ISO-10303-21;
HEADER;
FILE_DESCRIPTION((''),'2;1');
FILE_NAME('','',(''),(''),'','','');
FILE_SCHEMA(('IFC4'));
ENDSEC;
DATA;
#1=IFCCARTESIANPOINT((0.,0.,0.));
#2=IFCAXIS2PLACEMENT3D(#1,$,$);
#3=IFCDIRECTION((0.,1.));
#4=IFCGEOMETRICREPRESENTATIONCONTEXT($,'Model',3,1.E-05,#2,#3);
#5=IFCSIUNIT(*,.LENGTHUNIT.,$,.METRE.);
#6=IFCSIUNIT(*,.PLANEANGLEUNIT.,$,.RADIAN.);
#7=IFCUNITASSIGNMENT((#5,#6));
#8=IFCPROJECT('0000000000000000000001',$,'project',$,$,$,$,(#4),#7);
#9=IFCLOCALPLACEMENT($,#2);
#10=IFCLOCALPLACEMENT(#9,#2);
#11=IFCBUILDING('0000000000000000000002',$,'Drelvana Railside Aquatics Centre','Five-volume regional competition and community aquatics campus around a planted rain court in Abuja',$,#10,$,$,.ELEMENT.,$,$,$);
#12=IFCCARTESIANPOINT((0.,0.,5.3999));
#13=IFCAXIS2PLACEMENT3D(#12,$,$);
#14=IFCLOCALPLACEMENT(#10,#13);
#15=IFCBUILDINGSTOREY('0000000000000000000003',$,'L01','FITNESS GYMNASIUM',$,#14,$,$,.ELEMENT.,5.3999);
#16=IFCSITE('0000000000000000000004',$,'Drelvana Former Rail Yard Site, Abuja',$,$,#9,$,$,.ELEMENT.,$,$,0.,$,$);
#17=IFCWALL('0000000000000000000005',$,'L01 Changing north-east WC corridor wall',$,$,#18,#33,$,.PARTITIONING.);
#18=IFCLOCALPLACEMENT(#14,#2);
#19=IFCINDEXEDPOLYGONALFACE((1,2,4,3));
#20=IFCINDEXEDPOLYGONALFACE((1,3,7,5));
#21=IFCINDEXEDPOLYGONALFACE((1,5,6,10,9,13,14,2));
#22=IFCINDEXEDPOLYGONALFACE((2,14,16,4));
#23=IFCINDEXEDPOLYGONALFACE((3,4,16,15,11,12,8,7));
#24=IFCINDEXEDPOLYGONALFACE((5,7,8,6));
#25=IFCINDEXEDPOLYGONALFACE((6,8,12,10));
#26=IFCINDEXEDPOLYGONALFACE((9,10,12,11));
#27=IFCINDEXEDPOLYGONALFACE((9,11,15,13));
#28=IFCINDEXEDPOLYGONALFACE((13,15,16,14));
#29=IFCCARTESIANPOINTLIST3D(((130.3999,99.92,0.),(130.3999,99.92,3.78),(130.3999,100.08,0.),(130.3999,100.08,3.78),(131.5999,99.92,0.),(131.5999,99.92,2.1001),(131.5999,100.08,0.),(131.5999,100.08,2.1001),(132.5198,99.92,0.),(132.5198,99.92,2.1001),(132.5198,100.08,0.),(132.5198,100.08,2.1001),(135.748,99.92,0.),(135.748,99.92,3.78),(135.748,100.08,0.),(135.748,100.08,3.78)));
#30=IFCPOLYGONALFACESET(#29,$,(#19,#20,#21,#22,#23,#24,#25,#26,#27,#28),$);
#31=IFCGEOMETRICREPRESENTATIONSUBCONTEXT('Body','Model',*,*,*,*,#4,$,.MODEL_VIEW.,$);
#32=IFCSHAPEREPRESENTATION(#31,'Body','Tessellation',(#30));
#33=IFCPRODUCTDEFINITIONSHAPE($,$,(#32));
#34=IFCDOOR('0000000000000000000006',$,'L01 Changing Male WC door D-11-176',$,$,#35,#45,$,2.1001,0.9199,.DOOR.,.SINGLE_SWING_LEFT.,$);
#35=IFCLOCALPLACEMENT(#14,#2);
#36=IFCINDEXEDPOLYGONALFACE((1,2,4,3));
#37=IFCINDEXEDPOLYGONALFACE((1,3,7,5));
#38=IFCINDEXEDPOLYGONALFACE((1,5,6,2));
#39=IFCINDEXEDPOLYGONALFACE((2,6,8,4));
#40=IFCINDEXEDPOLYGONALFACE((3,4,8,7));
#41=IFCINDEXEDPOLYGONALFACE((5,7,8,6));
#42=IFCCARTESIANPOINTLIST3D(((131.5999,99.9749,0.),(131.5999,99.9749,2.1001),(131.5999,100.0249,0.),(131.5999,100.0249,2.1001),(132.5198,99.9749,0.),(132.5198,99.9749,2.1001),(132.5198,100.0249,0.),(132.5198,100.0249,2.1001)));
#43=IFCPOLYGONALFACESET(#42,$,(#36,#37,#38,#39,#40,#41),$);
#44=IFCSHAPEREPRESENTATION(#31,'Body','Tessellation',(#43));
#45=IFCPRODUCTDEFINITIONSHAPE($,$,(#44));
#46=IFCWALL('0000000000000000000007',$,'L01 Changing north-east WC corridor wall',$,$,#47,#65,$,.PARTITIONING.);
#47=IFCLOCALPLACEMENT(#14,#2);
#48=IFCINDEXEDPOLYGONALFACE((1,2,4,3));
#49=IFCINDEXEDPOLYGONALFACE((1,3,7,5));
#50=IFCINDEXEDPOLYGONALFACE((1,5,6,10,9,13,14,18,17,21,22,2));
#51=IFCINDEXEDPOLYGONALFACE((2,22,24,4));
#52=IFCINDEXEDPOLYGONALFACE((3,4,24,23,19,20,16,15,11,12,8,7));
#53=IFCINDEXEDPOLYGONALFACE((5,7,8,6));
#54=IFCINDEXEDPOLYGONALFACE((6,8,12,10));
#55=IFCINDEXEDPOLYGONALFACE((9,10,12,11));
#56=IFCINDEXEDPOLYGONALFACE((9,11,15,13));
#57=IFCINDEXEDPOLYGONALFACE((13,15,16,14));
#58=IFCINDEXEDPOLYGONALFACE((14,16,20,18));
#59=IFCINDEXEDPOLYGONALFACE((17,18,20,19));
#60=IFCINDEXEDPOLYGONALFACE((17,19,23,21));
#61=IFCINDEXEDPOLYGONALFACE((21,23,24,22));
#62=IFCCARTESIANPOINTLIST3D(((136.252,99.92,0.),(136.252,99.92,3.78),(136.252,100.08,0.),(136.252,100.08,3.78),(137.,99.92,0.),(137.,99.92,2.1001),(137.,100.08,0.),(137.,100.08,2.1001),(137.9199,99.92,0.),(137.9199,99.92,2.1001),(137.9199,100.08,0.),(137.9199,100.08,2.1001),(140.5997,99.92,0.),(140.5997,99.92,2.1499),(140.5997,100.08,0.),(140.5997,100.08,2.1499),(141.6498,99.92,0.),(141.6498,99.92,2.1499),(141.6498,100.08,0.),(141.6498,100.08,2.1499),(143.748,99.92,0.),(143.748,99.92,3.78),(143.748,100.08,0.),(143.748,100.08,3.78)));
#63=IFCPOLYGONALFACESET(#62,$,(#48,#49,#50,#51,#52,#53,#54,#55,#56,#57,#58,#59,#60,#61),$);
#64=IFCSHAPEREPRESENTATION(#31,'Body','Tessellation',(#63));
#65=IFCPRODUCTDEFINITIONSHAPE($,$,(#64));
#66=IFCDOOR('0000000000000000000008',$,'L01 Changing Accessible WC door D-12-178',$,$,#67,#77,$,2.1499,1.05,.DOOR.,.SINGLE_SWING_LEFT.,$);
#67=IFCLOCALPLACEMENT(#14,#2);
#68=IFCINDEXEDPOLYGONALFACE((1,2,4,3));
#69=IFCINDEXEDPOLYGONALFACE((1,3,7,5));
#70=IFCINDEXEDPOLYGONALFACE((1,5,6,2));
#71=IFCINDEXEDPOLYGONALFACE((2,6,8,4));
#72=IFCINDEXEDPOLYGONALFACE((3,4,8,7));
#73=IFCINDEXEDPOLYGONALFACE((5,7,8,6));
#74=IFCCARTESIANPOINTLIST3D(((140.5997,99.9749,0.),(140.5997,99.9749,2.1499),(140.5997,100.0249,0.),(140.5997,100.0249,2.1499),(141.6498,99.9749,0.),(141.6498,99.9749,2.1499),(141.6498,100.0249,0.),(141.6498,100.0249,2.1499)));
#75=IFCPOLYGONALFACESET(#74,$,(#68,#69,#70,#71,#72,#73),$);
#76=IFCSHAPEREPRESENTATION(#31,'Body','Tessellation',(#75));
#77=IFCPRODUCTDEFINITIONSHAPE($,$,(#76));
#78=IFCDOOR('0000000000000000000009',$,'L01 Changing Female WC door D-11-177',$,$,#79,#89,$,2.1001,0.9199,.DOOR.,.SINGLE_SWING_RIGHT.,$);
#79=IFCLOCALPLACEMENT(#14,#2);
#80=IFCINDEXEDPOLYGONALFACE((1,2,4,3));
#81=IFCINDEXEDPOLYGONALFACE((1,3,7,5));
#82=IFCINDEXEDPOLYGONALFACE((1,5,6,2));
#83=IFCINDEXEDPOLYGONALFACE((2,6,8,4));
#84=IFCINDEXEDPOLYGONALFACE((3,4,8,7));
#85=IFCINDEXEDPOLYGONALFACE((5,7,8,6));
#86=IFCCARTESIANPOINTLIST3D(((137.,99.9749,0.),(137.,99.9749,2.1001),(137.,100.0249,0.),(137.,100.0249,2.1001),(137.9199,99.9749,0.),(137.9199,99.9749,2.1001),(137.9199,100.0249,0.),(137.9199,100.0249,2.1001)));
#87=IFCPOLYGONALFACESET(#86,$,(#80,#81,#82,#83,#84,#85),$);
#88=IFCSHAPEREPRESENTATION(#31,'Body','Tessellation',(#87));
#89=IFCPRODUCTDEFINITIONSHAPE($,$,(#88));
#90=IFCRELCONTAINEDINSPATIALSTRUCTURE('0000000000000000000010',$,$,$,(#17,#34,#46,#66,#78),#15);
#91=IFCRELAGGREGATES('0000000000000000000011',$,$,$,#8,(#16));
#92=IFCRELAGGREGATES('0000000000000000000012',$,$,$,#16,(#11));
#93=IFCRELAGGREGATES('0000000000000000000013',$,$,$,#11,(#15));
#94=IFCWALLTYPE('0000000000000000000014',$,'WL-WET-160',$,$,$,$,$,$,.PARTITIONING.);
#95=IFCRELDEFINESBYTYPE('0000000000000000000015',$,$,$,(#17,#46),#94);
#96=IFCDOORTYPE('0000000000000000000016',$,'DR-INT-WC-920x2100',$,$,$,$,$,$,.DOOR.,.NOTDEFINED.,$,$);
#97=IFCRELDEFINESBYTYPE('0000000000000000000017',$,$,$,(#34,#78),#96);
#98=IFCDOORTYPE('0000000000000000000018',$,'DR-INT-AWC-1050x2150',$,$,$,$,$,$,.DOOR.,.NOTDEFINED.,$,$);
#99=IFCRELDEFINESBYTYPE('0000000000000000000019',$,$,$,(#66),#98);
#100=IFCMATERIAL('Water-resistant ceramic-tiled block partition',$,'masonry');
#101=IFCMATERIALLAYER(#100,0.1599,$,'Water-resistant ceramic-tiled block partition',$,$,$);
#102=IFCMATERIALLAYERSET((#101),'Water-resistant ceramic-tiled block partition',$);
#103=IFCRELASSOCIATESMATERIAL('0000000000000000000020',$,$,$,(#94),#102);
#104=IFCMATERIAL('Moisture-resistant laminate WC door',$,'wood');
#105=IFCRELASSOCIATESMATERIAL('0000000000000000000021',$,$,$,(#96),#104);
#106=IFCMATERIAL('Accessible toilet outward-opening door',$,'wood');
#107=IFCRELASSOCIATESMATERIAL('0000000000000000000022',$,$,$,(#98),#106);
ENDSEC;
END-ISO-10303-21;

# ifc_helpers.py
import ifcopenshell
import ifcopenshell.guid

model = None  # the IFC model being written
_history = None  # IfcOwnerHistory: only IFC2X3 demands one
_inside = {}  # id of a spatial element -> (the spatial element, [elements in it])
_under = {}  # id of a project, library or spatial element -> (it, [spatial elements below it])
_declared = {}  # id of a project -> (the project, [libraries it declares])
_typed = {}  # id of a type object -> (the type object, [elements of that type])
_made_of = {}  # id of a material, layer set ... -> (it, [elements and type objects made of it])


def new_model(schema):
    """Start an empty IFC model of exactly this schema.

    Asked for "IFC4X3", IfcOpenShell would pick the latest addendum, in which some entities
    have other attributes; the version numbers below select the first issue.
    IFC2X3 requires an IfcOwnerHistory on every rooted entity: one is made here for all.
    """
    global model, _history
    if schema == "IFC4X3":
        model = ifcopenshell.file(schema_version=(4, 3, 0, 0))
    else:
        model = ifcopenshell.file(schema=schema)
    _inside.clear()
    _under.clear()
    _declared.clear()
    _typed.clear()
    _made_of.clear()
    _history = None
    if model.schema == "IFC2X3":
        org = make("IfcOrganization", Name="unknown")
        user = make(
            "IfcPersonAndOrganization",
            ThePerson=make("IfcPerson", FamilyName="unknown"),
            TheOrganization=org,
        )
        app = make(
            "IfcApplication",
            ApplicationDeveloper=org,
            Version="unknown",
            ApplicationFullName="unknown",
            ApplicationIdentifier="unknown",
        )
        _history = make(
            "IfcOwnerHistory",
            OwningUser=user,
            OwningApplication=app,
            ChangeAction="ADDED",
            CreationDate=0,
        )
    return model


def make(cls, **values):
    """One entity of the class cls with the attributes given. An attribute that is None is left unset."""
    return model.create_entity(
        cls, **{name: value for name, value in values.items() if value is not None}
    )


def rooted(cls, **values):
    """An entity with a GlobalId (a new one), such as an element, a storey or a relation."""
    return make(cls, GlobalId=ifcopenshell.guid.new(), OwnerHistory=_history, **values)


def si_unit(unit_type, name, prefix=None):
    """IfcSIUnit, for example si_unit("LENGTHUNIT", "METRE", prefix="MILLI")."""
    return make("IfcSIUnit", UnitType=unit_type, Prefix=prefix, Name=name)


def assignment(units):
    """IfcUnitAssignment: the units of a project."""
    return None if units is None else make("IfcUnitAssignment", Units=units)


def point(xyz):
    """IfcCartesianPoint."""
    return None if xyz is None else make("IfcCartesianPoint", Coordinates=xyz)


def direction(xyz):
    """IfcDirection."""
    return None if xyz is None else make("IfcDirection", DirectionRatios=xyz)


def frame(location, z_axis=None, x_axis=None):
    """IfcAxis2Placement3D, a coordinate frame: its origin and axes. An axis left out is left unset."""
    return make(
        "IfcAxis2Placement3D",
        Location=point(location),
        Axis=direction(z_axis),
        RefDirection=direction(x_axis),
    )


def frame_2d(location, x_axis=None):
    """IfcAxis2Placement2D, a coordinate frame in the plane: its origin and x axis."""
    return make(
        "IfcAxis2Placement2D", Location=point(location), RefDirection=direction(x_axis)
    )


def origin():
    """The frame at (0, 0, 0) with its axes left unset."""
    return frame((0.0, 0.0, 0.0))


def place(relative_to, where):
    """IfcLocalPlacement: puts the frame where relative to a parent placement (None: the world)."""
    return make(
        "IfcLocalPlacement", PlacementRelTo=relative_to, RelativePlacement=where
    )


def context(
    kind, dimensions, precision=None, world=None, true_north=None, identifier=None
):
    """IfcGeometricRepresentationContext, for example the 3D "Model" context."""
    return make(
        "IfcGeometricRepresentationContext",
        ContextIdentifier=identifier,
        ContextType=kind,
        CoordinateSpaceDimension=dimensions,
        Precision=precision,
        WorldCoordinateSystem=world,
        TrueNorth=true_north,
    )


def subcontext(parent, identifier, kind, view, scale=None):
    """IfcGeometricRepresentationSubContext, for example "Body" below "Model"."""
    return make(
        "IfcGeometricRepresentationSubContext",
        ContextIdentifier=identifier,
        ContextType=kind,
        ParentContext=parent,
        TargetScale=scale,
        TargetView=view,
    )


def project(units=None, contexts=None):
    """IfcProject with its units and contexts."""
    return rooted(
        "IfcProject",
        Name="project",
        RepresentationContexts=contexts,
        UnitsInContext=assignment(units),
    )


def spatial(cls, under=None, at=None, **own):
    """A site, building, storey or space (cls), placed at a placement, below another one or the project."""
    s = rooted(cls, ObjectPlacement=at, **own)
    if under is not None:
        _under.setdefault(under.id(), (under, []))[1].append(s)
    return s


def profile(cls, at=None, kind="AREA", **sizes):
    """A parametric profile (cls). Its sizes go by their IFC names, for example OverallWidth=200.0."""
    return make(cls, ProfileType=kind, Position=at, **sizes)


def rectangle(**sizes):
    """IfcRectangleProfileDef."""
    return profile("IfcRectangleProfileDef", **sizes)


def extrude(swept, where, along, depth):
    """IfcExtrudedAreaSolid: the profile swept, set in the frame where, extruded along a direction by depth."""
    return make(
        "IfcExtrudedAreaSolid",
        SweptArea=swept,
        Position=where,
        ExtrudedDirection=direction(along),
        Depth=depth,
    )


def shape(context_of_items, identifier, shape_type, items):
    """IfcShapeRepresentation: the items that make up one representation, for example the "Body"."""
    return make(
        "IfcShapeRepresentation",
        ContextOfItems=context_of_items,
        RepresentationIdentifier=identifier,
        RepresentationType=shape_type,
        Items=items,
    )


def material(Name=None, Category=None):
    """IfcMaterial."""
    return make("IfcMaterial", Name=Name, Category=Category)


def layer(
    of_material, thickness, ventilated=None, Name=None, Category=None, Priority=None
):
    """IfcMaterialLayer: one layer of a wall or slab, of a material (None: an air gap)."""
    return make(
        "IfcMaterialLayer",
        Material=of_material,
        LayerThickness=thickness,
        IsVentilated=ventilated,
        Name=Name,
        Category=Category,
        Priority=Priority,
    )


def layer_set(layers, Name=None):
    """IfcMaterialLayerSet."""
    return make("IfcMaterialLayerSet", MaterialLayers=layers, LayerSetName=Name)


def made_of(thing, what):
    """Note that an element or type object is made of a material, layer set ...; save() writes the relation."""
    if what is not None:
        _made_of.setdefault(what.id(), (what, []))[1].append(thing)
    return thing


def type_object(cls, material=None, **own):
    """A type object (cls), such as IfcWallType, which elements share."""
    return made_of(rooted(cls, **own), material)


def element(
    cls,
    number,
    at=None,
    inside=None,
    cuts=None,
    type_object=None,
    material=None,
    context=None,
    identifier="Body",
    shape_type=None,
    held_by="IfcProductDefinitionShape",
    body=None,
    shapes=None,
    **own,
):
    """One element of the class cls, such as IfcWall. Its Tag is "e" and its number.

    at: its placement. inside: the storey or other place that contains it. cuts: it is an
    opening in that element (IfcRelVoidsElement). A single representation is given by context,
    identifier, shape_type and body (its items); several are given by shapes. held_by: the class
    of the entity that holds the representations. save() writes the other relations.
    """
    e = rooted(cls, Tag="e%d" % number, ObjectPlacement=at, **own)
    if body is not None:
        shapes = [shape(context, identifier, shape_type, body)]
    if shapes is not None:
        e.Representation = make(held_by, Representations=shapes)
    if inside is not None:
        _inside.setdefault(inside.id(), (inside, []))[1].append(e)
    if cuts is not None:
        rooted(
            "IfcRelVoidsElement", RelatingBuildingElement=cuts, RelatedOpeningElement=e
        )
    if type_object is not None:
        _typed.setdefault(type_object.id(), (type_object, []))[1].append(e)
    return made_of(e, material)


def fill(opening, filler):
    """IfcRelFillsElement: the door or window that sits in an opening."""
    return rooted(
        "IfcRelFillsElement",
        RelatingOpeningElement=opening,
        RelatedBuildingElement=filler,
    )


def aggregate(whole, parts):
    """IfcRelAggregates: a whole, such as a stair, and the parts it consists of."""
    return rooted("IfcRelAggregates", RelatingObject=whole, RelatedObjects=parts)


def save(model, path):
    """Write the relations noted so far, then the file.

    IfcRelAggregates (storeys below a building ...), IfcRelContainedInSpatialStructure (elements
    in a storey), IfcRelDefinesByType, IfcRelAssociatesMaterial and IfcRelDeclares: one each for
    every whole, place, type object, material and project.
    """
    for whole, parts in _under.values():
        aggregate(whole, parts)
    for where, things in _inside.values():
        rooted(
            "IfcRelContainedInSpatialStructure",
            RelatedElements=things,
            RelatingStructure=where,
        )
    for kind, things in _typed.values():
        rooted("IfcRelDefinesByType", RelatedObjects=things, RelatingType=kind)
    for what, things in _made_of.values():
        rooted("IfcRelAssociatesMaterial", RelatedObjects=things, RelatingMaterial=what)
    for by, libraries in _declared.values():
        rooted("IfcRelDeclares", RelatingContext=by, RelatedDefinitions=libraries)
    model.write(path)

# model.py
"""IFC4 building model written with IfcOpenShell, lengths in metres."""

from ifc_helpers import new_model, si_unit, direction, frame, frame_2d, origin, place, context, subcontext, project, spatial, rectangle, extrude, material, layer, layer_set, type_object, element, fill, save


model = new_model("IFC4")

# Units and contexts
model_context = context("Model", 3, precision=1e-05, world=origin(), true_north=direction((0.0, 1.0)))
body_context = subcontext(model_context, "Body", "Model", "MODEL_VIEW")
ifc_project = project(units=[si_unit("LENGTHUNIT", "METRE"), si_unit("PLANEANGLEUNIT", "RADIAN")], contexts=[model_context])

# Site, building, storey
site_placement = place(None, origin())
site = spatial("IfcSite", under=ifc_project, at=site_placement, Name="Drelvana Former Rail Yard Site, Abuja", CompositionType="ELEMENT", RefElevation=0.0)
building_placement = place(site_placement, origin())
building = spatial("IfcBuilding", under=site, at=building_placement, Name="Drelvana Railside Aquatics Centre", Description="Five-volume regional competition and community aquatics campus around a planted rain court in Abuja", CompositionType="ELEMENT")
storey_placement = place(building_placement, frame((0.0, 0.0, 5.3999)))
storey = spatial("IfcBuildingStorey", under=building, at=storey_placement, Name="L01", Description="FITNESS GYMNASIUM", CompositionType="ELEMENT", Elevation=5.3999)

# Wall, opening, door
ifc_material_1 = material(Name="Water-resistant ceramic-tiled block partition", Category="masonry")
ifc_layer_1 = layer(ifc_material_1, 0.1599, Name="Water-resistant ceramic-tiled block partition")
ifc_layer_set_1 = layer_set([ifc_layer_1], Name="Water-resistant ceramic-tiled block partition")
wall_type_1 = type_object("IfcWallType", Name="WL-WET-160", PredefinedType="PARTITIONING", material=ifc_layer_set_1)
wall_1_placement = place(storey_placement, frame((130.3999, 100.0, 0.0), z_axis=(0.0, 0.0, 1.0), x_axis=(1.0, 0.0, 0.0)))
wall_1 = element("IfcWall", 1, at=wall_1_placement, inside=storey, type_object=wall_type_1, Name="L01 Changing north-east WC corridor wall", PredefinedType="PARTITIONING", context=body_context, shape_type="SweptSolid", body=[
    extrude(rectangle(XDim=5.3481, YDim=0.1599, at=frame_2d((2.6741, 0.0))), origin(), (0.0, 0.0, 1.0), 3.78),
])
opening_1_placement = place(wall_1_placement, frame((1.2, 0.0, 0.0)))
opening_1 = element("IfcOpeningElement", 2, at=opening_1_placement, cuts=wall_1, PredefinedType="OPENING", context=body_context, shape_type="SweptSolid", body=[
    extrude(rectangle(XDim=0.9199, YDim=2.1001, at=frame_2d((0.46, 1.05))), frame((0.0, 0.0898, 0.0), z_axis=(0.0, -1.0, 0.0), x_axis=(1.0, 0.0, 0.0)), (0.0, 0.0, 1.0), 0.1799),
])
ifc_material_2 = material(Name="Moisture-resistant laminate WC door", Category="wood")
door_type_1 = type_object("IfcDoorType", Name="DR-INT-WC-920x2100", OperationType="NOTDEFINED", PredefinedType="DOOR", material=ifc_material_2)
door_1_placement = place(opening_1_placement, origin())
door_1 = element("IfcDoor", 3, at=door_1_placement, inside=storey, type_object=door_type_1, Name="L01 Changing Male WC door D-11-176", OperationType="SINGLE_SWING_LEFT", OverallHeight=2.1001, OverallWidth=0.9199, PredefinedType="DOOR", context=body_context, shape_type="SweptSolid", body=[
    extrude(rectangle(XDim=0.9199, YDim=2.1001, at=frame_2d((0.46, 1.05))), frame((0.0, 0.0249, 0.0), z_axis=(0.0, -1.0, 0.0), x_axis=(1.0, 0.0, 0.0)), (0.0, 0.0, 1.0), 0.05),
])
fill(opening_1, door_1)

# Wall, openings, doors
wall_2_placement = place(storey_placement, frame((136.252, 100.0, 0.0), z_axis=(0.0, 0.0, 1.0), x_axis=(1.0, 0.0, 0.0)))
wall_2 = element("IfcWall", 4, at=wall_2_placement, inside=storey, type_object=wall_type_1, Name="L01 Changing north-east WC corridor wall", PredefinedType="PARTITIONING", context=body_context, shape_type="SweptSolid", body=[
    extrude(rectangle(XDim=7.4961, YDim=0.1599, at=frame_2d((3.748, 0.0))), origin(), (0.0, 0.0, 1.0), 3.78),
])
opening_2_placement = place(wall_2_placement, frame((0.748, 0.0, 0.0)))
opening_2 = element("IfcOpeningElement", 5, at=opening_2_placement, cuts=wall_2, PredefinedType="OPENING", context=body_context, shape_type="SweptSolid", body=[
    extrude(rectangle(XDim=0.9199, YDim=2.1001, at=frame_2d((0.46, 1.05))), frame((0.0, 0.0898, 0.0), z_axis=(0.0, -1.0, 0.0), x_axis=(1.0, 0.0, 0.0)), (0.0, 0.0, 1.0), 0.1799),
])
opening_3_placement = place(wall_2_placement, frame((4.3479, 0.0, 0.0)))
opening_3 = element("IfcOpeningElement", 6, at=opening_3_placement, cuts=wall_2, PredefinedType="OPENING", context=body_context, shape_type="SweptSolid", body=[
    extrude(rectangle(XDim=1.05, YDim=2.1499, at=frame_2d((0.5249, 1.075))), frame((0.0, 0.0898, 0.0), z_axis=(0.0, -1.0, 0.0), x_axis=(1.0, 0.0, 0.0)), (0.0, 0.0, 1.0), 0.1799),
])
ifc_material_3 = material(Name="Accessible toilet outward-opening door", Category="wood")
door_type_2 = type_object("IfcDoorType", Name="DR-INT-AWC-1050x2150", OperationType="NOTDEFINED", PredefinedType="DOOR", material=ifc_material_3)
door_2_placement = place(opening_3_placement, origin())
door_2 = element("IfcDoor", 7, at=door_2_placement, inside=storey, type_object=door_type_2, Name="L01 Changing Accessible WC door D-12-178", OperationType="SINGLE_SWING_LEFT", OverallHeight=2.1499, OverallWidth=1.05, PredefinedType="DOOR", context=body_context, shape_type="SweptSolid", body=[
    extrude(rectangle(XDim=1.05, YDim=2.1499, at=frame_2d((0.5249, 1.075))), frame((0.0, 0.0249, 0.0), z_axis=(0.0, -1.0, 0.0), x_axis=(1.0, 0.0, 0.0)), (0.0, 0.0, 1.0), 0.05),
])
fill(opening_3, door_2)
door_3_placement = place(opening_2_placement, origin())
door_3 = element("IfcDoor", 8, at=door_3_placement, inside=storey, type_object=door_type_1, Name="L01 Changing Female WC door D-11-177", OperationType="SINGLE_SWING_RIGHT", OverallHeight=2.1001, OverallWidth=0.9199, PredefinedType="DOOR", context=body_context, shape_type="SweptSolid", body=[
    extrude(rectangle(XDim=0.9199, YDim=2.1001, at=frame_2d((0.46, 1.05))), frame((0.0, 0.0249, 0.0), z_axis=(0.0, -1.0, 0.0), x_axis=(1.0, 0.0, 0.0)), (0.0, 0.0, 1.0), 0.05),
])
fill(opening_2, door_3)

save(model, "model.ifc")
